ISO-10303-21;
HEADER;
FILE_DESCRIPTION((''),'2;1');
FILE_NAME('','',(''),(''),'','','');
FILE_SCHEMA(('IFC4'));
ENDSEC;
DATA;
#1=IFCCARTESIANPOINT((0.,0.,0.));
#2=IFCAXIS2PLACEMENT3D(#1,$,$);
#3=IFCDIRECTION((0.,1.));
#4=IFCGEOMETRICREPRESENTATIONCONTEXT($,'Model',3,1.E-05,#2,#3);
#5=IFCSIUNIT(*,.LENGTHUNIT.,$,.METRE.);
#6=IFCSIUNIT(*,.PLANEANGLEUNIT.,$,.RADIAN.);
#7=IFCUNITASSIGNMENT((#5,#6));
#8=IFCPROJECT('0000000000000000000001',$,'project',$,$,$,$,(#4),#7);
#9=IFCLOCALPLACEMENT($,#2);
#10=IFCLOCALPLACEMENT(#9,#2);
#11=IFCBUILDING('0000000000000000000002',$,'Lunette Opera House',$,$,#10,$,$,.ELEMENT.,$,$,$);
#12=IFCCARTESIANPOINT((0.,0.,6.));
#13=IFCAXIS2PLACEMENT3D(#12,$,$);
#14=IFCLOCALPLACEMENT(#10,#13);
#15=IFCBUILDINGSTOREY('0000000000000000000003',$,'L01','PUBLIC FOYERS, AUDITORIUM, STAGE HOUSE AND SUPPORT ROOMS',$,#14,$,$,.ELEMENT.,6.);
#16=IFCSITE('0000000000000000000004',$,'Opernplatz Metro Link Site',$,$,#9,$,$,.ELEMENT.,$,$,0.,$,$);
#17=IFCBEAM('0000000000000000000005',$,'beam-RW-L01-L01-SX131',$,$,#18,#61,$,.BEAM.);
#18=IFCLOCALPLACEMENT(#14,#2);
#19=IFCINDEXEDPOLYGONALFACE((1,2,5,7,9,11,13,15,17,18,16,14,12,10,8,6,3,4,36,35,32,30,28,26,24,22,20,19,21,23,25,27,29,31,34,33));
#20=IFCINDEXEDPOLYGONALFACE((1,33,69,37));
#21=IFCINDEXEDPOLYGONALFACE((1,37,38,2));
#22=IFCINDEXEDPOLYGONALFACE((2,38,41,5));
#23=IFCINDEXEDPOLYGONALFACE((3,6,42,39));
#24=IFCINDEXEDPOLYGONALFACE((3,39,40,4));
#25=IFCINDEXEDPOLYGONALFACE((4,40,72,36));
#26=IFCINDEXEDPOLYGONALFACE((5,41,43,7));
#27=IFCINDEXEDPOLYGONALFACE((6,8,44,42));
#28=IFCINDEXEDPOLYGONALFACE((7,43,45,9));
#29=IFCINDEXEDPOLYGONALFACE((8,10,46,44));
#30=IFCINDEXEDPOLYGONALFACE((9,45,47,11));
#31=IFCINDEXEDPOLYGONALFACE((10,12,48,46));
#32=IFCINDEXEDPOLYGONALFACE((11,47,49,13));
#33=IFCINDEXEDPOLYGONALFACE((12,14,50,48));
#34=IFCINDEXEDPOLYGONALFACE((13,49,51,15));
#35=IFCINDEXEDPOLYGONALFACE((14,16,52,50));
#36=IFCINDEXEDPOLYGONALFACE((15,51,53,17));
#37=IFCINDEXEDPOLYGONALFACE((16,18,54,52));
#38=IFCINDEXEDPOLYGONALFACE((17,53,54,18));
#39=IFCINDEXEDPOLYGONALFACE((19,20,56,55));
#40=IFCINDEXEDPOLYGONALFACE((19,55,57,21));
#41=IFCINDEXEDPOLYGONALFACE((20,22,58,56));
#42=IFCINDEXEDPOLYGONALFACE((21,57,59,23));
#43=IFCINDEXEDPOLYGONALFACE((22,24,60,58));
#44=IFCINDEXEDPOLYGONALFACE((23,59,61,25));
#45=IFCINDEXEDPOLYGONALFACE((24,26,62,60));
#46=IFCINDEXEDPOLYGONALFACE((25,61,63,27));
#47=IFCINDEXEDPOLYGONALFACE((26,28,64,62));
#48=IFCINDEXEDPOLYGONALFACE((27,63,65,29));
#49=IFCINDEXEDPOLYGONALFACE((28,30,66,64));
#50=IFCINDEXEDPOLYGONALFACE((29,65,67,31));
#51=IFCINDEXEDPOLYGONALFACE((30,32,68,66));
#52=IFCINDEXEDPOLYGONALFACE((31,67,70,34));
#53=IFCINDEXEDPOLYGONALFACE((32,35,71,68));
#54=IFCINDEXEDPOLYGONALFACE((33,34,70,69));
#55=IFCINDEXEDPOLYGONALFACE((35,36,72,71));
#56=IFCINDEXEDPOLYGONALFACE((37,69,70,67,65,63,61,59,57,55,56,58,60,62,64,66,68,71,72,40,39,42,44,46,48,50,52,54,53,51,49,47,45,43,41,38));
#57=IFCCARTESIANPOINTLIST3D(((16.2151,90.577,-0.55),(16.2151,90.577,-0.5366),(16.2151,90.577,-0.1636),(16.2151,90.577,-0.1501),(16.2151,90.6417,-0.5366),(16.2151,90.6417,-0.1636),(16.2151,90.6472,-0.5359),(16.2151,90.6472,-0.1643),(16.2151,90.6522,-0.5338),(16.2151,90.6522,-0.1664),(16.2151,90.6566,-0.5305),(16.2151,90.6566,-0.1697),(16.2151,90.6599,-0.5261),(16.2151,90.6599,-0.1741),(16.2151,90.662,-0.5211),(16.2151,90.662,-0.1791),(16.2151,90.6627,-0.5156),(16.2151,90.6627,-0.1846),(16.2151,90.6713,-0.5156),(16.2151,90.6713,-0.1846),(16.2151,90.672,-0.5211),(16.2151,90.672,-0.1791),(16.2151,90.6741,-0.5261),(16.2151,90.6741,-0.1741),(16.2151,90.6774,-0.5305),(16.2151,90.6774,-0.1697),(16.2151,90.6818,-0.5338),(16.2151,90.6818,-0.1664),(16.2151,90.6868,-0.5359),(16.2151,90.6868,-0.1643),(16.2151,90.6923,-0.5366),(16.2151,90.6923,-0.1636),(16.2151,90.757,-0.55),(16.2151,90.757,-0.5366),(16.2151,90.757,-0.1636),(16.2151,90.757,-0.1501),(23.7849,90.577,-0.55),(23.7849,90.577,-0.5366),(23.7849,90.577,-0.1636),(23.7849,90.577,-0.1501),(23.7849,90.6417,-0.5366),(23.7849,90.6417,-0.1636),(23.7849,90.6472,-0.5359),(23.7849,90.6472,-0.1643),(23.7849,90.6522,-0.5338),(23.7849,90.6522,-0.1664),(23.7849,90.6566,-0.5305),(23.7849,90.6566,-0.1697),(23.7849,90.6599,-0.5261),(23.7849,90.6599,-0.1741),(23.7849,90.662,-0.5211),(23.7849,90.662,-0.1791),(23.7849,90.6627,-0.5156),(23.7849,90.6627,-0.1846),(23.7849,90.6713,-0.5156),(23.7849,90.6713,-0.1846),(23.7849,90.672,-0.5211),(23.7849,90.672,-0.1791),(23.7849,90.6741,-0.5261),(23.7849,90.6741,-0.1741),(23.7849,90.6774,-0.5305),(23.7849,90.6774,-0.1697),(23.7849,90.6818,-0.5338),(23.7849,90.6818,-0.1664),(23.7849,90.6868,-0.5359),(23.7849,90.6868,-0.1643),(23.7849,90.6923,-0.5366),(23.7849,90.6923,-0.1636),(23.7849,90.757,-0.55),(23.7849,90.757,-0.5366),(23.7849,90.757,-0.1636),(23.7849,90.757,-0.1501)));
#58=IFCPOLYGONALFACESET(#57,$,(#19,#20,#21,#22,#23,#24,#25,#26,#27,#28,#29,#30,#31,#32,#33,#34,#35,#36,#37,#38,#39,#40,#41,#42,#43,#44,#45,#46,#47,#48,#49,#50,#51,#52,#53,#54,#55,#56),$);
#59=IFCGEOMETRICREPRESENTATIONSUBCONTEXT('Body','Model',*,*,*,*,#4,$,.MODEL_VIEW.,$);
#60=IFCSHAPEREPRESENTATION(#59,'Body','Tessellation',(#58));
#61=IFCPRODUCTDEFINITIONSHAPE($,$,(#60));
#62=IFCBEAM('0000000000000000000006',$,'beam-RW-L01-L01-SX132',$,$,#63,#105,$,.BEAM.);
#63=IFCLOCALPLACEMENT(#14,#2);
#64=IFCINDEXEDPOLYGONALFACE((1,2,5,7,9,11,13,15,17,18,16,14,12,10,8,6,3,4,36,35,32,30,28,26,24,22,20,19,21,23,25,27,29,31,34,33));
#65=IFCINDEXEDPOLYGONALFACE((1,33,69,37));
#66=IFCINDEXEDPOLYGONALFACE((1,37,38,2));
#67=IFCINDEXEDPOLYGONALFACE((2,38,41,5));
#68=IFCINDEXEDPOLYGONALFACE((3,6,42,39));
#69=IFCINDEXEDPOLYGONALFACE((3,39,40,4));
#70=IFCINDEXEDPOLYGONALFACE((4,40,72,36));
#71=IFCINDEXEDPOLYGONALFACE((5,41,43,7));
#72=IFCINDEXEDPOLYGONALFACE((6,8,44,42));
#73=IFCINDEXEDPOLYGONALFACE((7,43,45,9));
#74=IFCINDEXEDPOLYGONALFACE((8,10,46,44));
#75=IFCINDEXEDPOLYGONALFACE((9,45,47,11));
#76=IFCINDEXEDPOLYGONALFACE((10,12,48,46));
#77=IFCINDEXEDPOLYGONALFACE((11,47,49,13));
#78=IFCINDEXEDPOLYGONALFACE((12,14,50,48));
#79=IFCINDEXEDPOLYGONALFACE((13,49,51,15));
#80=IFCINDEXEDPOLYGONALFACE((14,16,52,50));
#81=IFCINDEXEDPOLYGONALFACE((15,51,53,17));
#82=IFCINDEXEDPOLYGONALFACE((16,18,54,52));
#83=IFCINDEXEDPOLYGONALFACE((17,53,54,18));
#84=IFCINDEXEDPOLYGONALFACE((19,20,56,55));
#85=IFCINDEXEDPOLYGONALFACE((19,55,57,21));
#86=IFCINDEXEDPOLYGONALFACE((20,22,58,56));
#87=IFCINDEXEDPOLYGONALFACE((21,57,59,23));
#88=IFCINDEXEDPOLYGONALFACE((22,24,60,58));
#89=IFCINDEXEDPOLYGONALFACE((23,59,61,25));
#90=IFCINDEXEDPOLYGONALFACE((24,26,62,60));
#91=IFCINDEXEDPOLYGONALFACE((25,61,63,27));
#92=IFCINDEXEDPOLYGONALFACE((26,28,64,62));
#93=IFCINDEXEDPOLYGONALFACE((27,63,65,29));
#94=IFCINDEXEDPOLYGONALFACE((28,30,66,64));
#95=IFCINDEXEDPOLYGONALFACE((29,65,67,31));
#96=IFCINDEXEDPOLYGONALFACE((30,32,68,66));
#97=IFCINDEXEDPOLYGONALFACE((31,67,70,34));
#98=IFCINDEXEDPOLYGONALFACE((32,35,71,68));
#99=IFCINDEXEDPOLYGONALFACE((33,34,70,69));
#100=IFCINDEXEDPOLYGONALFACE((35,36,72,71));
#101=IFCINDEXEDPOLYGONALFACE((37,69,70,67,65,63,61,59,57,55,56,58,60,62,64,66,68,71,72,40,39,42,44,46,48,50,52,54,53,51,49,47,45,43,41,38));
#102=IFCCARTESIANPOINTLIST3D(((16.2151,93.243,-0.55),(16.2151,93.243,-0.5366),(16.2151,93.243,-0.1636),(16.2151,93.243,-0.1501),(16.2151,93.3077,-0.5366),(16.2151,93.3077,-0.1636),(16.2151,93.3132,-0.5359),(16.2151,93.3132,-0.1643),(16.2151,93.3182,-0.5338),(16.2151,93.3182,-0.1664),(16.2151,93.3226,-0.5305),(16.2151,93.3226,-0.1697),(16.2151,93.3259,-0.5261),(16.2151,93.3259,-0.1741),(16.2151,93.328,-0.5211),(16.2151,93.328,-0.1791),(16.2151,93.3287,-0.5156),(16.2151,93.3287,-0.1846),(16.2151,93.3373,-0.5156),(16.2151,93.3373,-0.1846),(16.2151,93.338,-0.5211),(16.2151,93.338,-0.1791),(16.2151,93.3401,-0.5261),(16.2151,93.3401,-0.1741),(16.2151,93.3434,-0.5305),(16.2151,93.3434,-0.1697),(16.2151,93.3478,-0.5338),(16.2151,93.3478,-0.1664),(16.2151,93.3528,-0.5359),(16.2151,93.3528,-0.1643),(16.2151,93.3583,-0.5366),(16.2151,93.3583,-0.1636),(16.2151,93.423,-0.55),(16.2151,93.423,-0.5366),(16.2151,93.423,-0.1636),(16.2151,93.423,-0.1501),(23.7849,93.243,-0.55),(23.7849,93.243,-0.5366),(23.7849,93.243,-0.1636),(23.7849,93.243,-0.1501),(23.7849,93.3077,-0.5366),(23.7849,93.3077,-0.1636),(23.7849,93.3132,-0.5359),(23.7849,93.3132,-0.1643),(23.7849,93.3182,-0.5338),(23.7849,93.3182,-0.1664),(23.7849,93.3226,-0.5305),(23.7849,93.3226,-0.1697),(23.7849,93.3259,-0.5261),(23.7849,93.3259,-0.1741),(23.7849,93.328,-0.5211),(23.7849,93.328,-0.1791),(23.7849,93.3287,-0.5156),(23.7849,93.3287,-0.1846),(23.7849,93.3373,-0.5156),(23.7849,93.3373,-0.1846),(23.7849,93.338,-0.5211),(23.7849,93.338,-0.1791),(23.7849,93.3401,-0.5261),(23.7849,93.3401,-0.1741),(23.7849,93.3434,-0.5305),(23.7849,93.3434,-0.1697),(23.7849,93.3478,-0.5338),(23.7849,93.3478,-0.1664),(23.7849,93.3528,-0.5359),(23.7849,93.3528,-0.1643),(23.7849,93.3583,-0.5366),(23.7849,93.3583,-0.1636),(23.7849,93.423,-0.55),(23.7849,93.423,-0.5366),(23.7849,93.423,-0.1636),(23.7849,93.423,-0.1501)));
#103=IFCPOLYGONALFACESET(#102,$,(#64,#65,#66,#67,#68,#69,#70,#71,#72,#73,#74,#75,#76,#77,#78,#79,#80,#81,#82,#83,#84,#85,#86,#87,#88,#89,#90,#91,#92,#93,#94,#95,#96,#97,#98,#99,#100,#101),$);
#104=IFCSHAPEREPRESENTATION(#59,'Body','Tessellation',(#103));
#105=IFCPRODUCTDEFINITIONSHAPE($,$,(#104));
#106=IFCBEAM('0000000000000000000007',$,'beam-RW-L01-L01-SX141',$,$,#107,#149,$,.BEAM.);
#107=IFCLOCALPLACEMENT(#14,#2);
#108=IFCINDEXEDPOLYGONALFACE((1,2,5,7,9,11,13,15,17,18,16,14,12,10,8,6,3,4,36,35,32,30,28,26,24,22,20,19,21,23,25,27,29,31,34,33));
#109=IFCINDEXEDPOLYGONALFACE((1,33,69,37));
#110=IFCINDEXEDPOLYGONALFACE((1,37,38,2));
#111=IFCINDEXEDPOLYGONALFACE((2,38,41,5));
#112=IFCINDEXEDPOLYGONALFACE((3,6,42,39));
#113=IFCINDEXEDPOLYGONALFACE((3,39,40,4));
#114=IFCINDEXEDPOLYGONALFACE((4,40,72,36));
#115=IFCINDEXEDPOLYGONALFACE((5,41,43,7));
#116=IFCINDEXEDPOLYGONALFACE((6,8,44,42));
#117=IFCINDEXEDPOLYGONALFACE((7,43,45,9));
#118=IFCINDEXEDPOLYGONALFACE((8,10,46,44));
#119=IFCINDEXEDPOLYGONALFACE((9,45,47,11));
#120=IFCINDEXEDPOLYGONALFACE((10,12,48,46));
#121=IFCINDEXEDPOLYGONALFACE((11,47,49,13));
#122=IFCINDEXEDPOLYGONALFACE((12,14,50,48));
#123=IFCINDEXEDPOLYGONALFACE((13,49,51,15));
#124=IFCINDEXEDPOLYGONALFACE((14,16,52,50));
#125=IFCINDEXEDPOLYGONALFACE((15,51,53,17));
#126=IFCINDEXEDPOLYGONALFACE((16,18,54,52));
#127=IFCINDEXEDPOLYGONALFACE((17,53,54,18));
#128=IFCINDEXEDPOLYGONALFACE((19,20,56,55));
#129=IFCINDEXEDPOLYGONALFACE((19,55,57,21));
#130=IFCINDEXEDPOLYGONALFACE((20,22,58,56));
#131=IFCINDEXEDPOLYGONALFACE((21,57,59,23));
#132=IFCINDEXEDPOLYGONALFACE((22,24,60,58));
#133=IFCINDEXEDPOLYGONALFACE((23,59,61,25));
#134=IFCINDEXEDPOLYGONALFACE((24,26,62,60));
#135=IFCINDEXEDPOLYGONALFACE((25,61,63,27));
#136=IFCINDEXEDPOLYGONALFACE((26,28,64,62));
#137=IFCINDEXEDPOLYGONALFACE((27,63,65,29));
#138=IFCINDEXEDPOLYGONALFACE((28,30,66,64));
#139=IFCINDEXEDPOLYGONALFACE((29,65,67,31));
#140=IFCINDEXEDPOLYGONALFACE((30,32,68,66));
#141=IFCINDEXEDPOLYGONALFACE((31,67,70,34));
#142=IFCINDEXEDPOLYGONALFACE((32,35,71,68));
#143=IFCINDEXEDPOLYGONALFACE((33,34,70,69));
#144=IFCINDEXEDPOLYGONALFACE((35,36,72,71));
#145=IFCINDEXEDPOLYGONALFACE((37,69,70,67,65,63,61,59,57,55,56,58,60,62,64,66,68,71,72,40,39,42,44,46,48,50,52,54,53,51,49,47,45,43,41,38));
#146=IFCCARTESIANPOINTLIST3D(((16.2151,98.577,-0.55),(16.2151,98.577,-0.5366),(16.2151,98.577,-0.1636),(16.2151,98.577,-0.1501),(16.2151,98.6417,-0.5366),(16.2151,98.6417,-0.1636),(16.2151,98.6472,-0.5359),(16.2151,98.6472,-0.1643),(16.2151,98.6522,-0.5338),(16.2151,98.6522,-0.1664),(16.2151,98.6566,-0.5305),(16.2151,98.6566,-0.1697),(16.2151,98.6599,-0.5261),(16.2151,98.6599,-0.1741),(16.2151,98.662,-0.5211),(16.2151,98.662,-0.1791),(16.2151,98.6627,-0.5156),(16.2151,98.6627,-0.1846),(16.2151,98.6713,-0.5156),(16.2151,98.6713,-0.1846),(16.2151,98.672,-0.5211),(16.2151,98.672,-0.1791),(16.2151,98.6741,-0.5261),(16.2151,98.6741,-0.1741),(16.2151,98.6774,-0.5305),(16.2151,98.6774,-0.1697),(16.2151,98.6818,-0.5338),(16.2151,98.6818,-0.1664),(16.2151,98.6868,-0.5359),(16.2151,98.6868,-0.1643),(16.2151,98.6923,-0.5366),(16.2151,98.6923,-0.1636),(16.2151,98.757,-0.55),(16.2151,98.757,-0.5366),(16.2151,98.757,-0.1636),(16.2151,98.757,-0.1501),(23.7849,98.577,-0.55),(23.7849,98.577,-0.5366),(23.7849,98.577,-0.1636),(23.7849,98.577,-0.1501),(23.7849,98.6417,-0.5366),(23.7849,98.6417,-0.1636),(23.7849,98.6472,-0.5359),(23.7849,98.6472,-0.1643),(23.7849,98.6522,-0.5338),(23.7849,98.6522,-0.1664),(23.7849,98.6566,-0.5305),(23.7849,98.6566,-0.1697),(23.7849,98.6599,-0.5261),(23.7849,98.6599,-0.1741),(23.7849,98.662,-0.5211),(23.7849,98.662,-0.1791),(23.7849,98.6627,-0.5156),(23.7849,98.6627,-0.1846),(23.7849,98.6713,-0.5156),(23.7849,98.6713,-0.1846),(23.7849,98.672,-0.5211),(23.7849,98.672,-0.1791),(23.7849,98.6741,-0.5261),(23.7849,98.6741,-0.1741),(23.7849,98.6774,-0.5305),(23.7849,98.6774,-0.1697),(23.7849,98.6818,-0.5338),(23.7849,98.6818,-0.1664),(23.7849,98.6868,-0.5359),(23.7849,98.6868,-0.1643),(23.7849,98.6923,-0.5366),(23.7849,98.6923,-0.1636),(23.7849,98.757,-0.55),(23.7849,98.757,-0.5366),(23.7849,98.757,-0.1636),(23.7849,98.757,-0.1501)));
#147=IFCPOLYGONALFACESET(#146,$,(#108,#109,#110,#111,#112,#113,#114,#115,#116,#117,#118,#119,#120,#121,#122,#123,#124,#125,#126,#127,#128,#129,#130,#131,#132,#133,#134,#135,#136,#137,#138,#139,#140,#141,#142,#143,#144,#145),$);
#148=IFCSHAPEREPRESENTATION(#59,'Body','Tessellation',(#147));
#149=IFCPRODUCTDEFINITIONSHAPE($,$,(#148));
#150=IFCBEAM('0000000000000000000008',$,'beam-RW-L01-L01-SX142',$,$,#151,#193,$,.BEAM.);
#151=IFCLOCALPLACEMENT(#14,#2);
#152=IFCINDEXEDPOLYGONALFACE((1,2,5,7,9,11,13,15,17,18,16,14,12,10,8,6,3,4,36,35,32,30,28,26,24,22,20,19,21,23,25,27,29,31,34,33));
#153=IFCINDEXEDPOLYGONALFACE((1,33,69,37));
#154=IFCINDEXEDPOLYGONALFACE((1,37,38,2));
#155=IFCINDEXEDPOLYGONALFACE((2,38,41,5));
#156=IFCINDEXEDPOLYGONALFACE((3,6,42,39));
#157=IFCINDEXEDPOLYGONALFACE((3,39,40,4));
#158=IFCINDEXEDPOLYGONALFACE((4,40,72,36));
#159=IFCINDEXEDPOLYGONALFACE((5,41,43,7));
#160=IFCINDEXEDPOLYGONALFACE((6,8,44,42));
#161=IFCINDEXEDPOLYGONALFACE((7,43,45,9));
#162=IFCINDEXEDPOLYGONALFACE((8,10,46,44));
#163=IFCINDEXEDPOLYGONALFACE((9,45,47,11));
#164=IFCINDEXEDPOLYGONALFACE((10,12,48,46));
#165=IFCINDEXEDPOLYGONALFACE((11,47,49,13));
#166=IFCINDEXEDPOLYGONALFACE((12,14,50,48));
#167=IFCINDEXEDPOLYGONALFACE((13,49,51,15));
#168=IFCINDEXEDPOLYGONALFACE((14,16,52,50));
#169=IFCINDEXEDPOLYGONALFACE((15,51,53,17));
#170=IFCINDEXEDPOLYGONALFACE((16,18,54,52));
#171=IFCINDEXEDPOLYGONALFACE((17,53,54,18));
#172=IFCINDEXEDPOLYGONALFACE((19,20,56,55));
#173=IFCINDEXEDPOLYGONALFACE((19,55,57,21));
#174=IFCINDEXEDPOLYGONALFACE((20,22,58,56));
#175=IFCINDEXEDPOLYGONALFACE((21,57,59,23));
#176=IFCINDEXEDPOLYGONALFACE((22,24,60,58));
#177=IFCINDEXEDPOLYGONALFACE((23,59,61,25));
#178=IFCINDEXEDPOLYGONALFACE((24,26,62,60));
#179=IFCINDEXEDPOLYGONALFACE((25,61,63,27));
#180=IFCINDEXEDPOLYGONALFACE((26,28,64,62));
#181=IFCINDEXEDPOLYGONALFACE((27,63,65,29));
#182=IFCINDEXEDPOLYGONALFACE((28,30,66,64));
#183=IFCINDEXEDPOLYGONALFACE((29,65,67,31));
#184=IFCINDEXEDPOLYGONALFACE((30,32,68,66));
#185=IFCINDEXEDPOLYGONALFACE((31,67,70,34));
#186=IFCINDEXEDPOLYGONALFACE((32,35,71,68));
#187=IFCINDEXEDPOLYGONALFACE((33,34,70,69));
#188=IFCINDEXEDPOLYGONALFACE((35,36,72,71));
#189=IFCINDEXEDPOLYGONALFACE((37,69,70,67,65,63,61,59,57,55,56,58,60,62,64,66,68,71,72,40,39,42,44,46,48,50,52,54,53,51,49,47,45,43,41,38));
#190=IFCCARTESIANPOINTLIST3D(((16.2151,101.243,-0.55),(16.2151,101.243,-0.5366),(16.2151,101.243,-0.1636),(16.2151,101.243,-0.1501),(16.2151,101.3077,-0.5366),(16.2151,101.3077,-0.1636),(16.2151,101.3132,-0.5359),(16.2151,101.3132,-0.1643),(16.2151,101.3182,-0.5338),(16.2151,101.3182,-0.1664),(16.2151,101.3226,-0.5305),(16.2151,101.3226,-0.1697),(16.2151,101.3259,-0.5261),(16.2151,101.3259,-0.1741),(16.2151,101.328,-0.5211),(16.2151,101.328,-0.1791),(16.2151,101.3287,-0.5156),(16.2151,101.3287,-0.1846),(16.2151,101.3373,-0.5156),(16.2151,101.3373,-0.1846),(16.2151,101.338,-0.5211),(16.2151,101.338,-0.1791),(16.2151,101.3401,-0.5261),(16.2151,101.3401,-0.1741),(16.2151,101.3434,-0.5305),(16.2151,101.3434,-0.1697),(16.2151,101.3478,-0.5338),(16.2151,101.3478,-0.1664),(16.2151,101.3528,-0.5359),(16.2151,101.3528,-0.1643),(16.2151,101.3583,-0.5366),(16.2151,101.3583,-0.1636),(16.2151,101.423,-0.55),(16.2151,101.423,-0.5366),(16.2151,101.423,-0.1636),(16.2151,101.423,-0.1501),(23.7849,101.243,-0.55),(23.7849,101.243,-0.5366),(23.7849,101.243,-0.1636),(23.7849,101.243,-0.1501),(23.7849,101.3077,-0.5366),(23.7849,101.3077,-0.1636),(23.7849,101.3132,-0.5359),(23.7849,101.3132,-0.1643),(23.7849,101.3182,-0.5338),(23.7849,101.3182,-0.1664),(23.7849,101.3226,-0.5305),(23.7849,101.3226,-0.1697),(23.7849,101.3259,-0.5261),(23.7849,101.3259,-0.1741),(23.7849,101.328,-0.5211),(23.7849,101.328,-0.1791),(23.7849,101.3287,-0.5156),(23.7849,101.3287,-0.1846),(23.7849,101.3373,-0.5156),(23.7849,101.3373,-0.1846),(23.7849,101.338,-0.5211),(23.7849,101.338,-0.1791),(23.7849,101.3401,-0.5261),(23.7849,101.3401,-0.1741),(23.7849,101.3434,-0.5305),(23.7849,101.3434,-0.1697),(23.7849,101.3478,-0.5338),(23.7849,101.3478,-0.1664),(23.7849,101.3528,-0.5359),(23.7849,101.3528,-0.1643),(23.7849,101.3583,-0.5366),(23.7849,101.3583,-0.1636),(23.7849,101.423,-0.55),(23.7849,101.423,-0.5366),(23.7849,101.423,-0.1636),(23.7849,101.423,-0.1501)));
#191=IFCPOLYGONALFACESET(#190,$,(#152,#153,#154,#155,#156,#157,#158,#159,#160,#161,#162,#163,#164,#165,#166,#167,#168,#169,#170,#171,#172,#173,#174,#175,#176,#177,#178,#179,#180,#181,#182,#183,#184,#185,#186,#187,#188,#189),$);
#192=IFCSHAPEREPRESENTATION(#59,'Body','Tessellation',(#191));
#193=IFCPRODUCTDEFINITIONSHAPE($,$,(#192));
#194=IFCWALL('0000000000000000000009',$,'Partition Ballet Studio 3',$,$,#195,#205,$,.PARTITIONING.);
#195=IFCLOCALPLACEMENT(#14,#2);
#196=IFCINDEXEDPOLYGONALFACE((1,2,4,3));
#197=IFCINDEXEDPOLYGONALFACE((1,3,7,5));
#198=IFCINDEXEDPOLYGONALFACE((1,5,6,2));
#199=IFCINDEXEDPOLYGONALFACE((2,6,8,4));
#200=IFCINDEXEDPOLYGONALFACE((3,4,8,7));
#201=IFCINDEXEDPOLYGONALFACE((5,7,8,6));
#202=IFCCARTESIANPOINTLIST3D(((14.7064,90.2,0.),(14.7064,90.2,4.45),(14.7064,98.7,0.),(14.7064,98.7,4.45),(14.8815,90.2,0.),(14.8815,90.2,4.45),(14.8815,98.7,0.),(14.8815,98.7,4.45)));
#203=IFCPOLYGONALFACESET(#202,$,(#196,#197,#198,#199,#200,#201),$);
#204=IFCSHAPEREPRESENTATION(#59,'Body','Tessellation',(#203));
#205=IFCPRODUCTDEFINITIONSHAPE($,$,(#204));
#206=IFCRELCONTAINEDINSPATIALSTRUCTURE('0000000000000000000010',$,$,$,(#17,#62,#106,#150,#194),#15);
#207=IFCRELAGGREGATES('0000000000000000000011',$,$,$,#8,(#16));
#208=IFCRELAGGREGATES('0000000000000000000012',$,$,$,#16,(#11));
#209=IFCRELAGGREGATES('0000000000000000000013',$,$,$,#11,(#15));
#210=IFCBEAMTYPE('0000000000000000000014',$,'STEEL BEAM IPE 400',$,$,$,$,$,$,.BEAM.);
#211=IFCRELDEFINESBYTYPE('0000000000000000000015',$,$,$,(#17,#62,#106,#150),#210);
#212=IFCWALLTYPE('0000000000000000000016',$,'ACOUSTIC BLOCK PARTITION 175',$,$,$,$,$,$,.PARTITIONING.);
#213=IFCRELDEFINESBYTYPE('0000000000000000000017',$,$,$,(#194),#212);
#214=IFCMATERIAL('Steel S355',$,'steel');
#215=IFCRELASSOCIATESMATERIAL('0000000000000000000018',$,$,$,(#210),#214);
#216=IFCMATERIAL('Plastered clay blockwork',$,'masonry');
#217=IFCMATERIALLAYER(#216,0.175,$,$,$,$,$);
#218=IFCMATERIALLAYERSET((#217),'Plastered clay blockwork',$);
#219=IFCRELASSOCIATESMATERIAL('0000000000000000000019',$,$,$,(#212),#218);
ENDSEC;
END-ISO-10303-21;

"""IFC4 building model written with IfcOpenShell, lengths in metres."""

from ifc_helpers import new_model, si_unit, direction, frame, frame_2d, origin, origin_2d, place, context, subcontext, project, spatial, rectangle, i_section, extrude, material, layer, layer_set, material_profile, profile_set, type_object, element, save


model = new_model("IFC4")

# Units and contexts
model_context = context("Model", 3, precision=1e-05, world=origin(), true_north=direction((0.0, 1.0)))
body_context = subcontext(model_context, "Body", "Model", "MODEL_VIEW")
ifc_project = project(units=[si_unit("LENGTHUNIT", "METRE"), si_unit("PLANEANGLEUNIT", "RADIAN")], contexts=[model_context])

# Site, building, storey
site_placement = place(None, origin())
site = spatial("IfcSite", under=ifc_project, at=site_placement, Name="Opernplatz Metro Link Site", CompositionType="ELEMENT", RefElevation=0.0)
building_placement = place(site_placement, origin())
building = spatial("IfcBuilding", under=site, at=building_placement, Name="Lunette Opera House", CompositionType="ELEMENT")
storey_placement = place(building_placement, frame((0.0, 0.0, 6.0)))
storey = spatial("IfcBuildingStorey", under=building, at=storey_placement, Name="L01", Description="PUBLIC FOYERS, AUDITORIUM, STAGE HOUSE AND SUPPORT ROOMS", CompositionType="ELEMENT", Elevation=6.0)

# Beams
ifc_material_1 = material(Name="Steel S355", Category="steel")
ifc_material_profile_1 = material_profile(ifc_material_1, i_section(OverallWidth=0.1799, OverallDepth=0.3999, WebThickness=0.0085, FlangeThickness=0.0134, FilletRadius=0.021, at=origin_2d()), Name="IPE 400")
ifc_profile_set_1 = profile_set([ifc_material_profile_1], Name="Steel S355")
beam_type_1 = type_object("IfcBeamType", Name="STEEL BEAM IPE 400", PredefinedType="BEAM", material=ifc_profile_set_1)
for number, where, z_axis, x_axis, name in (
    (1, (16.2151, 90.667, -0.3501), (1.0, 0.0, 0.0), (0.0, 1.0, 0.0), "beam-RW-L01-L01-SX131"),
    (2, (16.2151, 93.333, -0.3501), (1.0, 0.0, 0.0), (0.0, 1.0, 0.0), "beam-RW-L01-L01-SX132"),
    (3, (16.2151, 98.667, -0.3501), (1.0, 0.0, 0.0), (0.0, 1.0, 0.0), "beam-RW-L01-L01-SX141"),
    (4, (16.2151, 101.333, -0.3501), (1.0, 0.0, 0.0), (0.0, 1.0, 0.0), "beam-RW-L01-L01-SX142"),
):
    element("IfcBeam", number, at=place(storey_placement, frame(where, z_axis=z_axis, x_axis=x_axis)), inside=storey, type_object=beam_type_1, Name=name, PredefinedType="BEAM", context=body_context, shape_type="SweptSolid", body=[
        extrude(i_section(OverallWidth=0.1799, OverallDepth=0.3999, WebThickness=0.0085, FlangeThickness=0.0134, FilletRadius=0.021, at=origin_2d()), origin(), (0.0, 0.0, 1.0), 7.5698),
    ])

# Wall
ifc_material_2 = material(Name="Plastered clay blockwork", Category="masonry")
ifc_layer_1 = layer(ifc_material_2, 0.175)
ifc_layer_set_1 = layer_set([ifc_layer_1], Name="Plastered clay blockwork")
wall_type_1 = type_object("IfcWallType", Name="ACOUSTIC BLOCK PARTITION 175", PredefinedType="PARTITIONING", material=ifc_layer_set_1)
wall_1_placement = place(storey_placement, frame((14.7939, 98.7, 0.0), z_axis=(0.0, 0.0, 1.0), x_axis=(0.0, -1.0, 0.0)))
element("IfcWall", 5, at=wall_1_placement, inside=storey, type_object=wall_type_1, Name="Partition Ballet Studio 3", PredefinedType="PARTITIONING", context=body_context, shape_type="SweptSolid", body=[
    extrude(rectangle(XDim=8.5, YDim=0.175, at=frame_2d((4.25, 0.0))), origin(), (0.0, 0.0, 1.0), 4.45),
])

save(model, "model.ifc")
